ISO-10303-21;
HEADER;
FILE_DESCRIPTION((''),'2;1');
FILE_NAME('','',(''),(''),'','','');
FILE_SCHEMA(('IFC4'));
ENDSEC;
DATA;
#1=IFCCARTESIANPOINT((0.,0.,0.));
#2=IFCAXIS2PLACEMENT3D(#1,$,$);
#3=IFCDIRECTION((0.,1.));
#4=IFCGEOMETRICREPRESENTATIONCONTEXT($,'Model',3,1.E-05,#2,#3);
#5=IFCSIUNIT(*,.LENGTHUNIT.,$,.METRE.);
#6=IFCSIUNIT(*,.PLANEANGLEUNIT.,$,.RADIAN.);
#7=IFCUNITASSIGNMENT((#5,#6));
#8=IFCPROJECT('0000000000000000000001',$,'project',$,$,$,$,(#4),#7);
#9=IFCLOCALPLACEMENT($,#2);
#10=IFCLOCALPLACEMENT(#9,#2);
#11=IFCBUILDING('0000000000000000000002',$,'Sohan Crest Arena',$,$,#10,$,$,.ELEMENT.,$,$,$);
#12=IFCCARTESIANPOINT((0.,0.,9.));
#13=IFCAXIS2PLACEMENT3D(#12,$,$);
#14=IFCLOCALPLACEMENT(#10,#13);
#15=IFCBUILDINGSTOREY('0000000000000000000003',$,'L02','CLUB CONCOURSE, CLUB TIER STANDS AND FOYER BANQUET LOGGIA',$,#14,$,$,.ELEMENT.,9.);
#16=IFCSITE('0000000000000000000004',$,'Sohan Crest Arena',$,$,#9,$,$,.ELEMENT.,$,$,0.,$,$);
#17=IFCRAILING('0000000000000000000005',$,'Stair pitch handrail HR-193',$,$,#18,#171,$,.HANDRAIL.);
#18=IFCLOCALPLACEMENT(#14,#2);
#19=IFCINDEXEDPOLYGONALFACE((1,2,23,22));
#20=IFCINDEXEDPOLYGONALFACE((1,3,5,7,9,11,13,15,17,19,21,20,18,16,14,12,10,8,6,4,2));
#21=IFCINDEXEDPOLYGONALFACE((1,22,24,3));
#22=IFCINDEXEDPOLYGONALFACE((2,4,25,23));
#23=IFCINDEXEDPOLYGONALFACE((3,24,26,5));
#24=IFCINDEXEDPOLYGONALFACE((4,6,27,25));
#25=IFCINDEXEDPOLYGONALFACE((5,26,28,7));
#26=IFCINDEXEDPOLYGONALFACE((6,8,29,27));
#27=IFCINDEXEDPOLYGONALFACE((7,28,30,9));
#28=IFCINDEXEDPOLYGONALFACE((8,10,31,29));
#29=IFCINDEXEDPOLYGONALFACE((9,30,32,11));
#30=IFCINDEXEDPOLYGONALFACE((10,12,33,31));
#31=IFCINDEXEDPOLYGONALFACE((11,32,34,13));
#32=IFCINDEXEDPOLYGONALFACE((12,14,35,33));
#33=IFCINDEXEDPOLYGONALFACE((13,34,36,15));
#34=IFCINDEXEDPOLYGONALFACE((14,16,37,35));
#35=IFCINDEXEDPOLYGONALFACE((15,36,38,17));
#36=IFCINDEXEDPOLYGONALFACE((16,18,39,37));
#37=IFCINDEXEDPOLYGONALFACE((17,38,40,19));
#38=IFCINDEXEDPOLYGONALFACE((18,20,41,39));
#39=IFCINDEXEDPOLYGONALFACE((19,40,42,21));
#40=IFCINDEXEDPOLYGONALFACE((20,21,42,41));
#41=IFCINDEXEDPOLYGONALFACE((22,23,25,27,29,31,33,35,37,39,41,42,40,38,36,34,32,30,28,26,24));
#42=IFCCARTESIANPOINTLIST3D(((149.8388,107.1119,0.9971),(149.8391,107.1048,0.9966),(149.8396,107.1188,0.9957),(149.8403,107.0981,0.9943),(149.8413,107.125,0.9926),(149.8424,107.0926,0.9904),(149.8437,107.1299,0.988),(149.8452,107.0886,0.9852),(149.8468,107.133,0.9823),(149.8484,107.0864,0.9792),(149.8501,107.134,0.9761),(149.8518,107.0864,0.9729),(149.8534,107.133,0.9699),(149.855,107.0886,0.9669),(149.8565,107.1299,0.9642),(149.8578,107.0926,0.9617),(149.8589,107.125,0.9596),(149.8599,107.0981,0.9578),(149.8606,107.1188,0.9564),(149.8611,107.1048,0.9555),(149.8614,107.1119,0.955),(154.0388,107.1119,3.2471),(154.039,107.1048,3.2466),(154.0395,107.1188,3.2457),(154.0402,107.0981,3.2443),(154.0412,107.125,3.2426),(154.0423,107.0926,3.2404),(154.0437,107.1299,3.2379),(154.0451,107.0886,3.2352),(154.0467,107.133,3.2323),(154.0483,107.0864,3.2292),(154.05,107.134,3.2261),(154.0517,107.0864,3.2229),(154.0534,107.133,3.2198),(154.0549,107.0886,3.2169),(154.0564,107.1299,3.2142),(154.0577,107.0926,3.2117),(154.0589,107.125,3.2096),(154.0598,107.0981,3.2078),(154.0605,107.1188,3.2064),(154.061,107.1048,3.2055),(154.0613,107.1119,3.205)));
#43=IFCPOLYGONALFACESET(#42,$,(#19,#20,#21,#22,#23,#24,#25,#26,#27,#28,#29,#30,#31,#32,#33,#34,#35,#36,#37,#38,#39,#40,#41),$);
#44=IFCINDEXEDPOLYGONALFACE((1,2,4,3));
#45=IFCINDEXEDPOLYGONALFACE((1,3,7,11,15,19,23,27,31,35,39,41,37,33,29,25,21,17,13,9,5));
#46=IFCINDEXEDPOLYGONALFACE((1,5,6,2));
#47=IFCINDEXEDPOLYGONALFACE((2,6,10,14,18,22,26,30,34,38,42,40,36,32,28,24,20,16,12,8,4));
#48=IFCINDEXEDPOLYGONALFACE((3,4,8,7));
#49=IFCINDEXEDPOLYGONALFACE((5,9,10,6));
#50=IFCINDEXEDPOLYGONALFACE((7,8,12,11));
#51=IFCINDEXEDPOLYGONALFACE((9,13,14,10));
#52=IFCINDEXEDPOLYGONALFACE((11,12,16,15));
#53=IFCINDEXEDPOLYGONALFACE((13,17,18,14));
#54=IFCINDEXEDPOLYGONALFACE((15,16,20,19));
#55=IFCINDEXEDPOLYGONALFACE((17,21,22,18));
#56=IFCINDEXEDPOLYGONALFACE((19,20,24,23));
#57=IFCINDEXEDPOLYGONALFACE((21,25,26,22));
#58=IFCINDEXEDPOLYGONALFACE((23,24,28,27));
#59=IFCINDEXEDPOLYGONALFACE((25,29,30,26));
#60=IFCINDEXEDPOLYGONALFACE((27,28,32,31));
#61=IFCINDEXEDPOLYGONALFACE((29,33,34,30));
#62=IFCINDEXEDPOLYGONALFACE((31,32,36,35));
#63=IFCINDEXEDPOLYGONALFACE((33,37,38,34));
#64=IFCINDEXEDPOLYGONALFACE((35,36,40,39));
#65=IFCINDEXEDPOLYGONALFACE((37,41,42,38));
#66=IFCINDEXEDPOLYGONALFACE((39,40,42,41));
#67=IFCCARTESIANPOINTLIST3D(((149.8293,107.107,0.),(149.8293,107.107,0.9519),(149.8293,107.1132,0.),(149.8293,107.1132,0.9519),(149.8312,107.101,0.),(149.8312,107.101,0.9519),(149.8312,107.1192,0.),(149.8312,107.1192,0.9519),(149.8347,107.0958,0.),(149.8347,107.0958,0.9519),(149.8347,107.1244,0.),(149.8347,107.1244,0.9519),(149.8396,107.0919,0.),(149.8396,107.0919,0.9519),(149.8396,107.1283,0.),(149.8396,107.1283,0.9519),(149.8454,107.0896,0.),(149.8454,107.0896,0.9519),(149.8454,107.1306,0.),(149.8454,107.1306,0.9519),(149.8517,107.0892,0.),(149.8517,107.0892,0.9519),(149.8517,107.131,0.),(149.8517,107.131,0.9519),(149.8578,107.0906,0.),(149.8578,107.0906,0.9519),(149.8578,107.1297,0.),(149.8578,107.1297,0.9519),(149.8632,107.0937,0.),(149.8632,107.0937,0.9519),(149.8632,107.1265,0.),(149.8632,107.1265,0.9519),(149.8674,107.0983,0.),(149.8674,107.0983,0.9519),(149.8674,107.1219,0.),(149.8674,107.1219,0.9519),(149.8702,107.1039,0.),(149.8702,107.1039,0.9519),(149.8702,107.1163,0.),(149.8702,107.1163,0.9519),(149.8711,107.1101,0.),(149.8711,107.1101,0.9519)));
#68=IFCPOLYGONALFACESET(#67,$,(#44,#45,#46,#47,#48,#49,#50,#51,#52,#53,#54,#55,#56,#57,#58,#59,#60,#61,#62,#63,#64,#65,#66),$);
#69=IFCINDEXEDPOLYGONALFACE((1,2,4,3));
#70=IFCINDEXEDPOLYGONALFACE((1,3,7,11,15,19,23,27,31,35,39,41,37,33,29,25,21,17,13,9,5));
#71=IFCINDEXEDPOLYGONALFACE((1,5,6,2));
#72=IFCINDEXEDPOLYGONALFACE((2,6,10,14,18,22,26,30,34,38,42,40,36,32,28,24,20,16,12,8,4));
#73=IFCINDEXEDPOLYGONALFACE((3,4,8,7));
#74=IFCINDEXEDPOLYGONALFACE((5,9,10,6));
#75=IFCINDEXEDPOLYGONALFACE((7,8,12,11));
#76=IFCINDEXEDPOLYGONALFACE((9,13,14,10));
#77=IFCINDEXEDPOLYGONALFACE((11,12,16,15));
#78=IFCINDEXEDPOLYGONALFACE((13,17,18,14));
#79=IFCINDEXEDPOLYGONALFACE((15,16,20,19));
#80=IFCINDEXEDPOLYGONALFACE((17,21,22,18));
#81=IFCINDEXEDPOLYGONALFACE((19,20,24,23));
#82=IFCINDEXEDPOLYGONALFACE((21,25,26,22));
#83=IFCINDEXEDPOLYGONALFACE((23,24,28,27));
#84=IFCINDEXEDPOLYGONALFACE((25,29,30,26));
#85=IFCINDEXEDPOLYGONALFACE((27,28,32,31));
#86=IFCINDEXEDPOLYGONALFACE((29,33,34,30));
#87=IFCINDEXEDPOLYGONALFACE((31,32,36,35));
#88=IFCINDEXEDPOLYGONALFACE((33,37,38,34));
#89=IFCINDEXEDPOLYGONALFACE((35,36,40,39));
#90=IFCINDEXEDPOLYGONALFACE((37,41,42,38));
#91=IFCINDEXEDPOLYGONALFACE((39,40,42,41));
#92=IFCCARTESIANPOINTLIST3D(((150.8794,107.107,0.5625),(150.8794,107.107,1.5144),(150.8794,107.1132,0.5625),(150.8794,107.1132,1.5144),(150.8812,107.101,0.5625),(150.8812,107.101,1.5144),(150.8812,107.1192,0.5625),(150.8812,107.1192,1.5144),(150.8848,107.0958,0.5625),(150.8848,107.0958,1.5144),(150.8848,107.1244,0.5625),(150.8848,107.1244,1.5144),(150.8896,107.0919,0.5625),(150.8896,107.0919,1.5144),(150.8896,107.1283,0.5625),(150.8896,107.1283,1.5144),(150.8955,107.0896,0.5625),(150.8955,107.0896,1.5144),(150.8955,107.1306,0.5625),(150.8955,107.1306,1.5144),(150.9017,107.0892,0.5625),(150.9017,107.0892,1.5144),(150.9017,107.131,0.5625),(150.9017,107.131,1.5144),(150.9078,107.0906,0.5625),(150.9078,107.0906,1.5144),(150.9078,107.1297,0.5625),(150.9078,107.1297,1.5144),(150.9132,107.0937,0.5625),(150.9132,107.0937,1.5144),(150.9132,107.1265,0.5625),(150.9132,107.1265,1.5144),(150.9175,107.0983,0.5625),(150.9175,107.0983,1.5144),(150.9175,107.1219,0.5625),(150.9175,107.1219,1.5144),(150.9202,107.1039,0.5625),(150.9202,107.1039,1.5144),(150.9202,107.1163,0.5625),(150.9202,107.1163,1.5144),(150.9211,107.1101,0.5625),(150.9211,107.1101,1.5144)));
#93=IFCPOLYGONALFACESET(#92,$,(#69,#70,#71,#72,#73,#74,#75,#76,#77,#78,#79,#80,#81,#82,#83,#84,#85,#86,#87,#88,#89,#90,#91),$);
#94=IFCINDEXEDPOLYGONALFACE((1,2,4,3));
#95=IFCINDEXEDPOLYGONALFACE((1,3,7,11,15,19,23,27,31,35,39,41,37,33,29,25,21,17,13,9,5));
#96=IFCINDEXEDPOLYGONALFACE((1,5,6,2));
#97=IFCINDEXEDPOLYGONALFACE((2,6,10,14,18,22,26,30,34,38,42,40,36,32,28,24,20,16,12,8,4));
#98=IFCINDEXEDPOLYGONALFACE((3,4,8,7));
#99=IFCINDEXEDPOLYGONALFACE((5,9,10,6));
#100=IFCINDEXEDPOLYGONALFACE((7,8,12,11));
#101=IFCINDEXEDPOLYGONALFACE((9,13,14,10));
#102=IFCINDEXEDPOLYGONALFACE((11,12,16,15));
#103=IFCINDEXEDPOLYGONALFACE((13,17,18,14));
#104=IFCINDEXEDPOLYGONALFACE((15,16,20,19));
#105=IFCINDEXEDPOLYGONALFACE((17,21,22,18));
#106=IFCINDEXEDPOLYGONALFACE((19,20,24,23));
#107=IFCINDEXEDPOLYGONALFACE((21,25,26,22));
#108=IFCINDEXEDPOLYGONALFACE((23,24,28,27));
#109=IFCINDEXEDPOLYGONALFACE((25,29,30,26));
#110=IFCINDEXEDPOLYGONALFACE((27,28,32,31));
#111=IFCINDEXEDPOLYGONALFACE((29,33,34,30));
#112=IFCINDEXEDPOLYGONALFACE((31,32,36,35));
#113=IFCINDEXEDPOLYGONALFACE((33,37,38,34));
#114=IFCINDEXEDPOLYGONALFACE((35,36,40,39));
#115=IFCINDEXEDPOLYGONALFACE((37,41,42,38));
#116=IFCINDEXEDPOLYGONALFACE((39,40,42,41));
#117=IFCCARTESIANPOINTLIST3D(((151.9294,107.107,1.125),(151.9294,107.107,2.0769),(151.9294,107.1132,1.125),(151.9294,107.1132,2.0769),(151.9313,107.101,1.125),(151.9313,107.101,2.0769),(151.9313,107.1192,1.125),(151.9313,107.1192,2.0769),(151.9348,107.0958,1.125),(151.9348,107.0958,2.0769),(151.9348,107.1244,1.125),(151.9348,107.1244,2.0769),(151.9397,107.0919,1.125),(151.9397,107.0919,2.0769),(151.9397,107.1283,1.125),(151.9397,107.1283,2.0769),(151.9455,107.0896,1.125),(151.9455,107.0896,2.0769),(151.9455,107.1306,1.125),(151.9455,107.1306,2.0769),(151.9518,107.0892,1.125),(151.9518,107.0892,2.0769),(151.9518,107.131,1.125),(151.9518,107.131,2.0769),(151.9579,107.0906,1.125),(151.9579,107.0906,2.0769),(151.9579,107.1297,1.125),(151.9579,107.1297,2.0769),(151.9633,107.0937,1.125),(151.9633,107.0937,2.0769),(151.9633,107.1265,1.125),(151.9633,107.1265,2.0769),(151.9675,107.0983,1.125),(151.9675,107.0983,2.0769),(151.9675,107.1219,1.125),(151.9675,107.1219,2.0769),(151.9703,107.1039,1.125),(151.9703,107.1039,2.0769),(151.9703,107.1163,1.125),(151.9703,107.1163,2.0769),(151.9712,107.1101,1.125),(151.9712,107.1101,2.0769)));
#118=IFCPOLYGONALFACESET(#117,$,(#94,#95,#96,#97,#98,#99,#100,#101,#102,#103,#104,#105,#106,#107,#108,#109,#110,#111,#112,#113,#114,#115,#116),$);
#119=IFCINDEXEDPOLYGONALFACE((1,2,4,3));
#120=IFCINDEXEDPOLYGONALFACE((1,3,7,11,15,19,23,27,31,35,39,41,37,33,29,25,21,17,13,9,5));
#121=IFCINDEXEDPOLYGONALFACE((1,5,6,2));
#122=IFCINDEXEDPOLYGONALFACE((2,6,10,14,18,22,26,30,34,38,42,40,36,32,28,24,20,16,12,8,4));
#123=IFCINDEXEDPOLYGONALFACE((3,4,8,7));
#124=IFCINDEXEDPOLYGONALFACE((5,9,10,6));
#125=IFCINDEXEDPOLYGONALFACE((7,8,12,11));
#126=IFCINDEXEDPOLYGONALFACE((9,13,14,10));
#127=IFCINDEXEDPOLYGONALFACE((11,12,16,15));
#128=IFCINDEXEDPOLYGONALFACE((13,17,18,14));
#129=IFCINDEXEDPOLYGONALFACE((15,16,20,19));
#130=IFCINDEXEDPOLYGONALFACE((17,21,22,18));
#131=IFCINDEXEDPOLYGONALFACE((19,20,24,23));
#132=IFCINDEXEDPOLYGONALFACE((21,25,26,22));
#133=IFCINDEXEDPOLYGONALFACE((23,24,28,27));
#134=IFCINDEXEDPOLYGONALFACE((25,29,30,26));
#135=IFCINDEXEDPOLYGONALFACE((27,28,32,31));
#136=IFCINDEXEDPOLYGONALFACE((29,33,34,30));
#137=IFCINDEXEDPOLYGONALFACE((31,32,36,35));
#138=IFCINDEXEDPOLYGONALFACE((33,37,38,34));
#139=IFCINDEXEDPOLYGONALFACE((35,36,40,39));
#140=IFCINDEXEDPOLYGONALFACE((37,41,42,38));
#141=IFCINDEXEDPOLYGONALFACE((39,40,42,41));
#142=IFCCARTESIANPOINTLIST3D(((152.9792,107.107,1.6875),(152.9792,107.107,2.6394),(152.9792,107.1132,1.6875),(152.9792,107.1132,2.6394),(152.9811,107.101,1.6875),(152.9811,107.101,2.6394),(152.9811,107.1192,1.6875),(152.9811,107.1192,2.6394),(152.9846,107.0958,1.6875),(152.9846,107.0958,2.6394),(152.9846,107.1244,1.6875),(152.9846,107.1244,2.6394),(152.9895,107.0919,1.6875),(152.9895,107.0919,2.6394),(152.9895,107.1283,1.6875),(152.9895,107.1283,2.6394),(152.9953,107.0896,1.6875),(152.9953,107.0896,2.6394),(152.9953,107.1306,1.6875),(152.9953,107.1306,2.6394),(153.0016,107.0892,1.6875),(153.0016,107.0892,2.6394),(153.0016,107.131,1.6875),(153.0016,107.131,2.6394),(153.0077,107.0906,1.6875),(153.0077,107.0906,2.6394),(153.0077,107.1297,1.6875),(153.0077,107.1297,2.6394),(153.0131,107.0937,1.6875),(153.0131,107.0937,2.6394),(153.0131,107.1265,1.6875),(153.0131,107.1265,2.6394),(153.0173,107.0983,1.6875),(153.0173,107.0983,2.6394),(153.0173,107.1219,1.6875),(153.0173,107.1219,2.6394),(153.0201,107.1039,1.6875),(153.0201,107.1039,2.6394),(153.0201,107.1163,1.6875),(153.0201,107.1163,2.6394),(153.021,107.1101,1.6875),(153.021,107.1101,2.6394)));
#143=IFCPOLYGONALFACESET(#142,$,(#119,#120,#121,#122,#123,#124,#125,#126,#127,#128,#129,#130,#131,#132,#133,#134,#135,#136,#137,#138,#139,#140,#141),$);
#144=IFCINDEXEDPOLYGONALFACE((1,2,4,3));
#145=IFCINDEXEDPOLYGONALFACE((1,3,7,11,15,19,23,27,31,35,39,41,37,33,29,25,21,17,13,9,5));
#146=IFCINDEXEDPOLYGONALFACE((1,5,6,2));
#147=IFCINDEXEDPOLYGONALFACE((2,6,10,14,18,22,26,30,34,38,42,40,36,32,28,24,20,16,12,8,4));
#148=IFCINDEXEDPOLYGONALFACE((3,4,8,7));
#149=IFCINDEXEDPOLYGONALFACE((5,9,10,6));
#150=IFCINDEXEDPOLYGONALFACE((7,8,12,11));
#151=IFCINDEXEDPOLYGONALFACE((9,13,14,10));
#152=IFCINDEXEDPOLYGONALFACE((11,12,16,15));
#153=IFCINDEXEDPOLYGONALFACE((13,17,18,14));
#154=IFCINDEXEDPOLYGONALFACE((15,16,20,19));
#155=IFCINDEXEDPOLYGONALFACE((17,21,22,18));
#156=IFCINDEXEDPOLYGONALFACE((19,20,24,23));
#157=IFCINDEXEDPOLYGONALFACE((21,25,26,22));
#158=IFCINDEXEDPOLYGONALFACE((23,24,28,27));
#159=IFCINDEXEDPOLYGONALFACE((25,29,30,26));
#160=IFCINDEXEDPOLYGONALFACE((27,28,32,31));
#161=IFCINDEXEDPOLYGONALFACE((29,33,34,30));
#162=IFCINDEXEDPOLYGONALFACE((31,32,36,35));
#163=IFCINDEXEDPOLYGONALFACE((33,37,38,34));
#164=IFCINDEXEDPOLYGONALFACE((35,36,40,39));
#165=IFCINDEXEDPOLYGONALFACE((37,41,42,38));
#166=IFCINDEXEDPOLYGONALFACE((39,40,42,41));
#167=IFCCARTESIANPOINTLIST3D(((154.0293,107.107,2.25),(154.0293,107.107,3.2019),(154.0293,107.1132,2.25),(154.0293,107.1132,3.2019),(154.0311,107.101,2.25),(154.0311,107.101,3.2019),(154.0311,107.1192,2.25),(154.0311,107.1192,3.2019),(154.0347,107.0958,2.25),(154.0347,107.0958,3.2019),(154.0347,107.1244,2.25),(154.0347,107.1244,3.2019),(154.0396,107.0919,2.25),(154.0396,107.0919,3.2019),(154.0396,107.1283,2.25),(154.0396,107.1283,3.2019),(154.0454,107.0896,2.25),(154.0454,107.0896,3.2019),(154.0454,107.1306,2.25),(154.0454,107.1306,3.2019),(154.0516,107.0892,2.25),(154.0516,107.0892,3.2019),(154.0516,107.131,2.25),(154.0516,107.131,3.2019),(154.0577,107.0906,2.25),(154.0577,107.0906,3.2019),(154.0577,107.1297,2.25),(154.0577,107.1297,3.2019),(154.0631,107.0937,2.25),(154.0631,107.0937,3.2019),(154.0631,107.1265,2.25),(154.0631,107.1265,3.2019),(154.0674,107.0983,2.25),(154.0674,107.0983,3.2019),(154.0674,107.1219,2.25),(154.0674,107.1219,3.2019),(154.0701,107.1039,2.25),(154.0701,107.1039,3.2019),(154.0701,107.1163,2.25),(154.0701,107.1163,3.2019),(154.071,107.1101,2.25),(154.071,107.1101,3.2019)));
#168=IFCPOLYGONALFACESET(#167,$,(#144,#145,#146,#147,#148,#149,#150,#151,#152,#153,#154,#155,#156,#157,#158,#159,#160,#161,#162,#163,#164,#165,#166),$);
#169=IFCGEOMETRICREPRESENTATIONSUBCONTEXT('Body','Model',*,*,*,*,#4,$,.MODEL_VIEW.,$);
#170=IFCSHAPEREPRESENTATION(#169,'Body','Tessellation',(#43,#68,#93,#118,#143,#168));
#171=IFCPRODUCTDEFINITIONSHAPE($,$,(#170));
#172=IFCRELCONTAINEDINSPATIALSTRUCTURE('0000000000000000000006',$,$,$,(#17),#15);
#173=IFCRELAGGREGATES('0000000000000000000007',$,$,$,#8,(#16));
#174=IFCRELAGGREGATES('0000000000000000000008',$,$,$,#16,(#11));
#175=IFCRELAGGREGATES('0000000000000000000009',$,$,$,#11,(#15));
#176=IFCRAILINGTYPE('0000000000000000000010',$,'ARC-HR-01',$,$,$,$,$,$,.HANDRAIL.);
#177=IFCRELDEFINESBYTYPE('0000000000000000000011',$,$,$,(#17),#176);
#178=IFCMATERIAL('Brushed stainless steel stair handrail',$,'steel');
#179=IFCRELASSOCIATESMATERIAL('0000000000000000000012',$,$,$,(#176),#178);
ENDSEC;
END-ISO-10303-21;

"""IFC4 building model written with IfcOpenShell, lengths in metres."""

from ifc_helpers import new_model, si_unit, direction, frame, origin, origin_2d, place, context, subcontext, project, spatial, circle, extrude, material, type_object, element, save


model = new_model("IFC4")

# Units and contexts
model_context = context("Model", 3, precision=1e-05, world=origin(), true_north=direction((0.0, 1.0)))
body_context = subcontext(model_context, "Body", "Model", "MODEL_VIEW")
ifc_project = project(units=[si_unit("LENGTHUNIT", "METRE"), si_unit("PLANEANGLEUNIT", "RADIAN")], contexts=[model_context])

# Site, building, storey
site_placement = place(None, origin())
site = spatial("IfcSite", under=ifc_project, at=site_placement, Name="Sohan Crest Arena", CompositionType="ELEMENT", RefElevation=0.0)
building_placement = place(site_placement, origin())
building = spatial("IfcBuilding", under=site, at=building_placement, Name="Sohan Crest Arena", CompositionType="ELEMENT")
storey_placement = place(building_placement, frame((0.0, 0.0, 9.0)))
storey = spatial("IfcBuildingStorey", under=building, at=storey_placement, Name="L02", Description="CLUB CONCOURSE, CLUB TIER STANDS AND FOYER BANQUET LOGGIA", CompositionType="ELEMENT", Elevation=9.0)

# Railing
ifc_material_1 = material(Name="Brushed stainless steel stair handrail", Category="steel")
railing_type_1 = type_object("IfcRailingType", Name="ARC-HR-01", PredefinedType="HANDRAIL", material=ifc_material_1)
for number, where, name in (
    (1, (149.8501, 107.1101, 0.0), "Stair pitch handrail HR-193"),
):
    element("IfcRailing", number, at=place(storey_placement, frame(where)), inside=storey, type_object=railing_type_1, Name=name, PredefinedType="HANDRAIL", context=body_context, shape_type="SweptSolid", body=[
        extrude(circle(Radius=0.0239, at=origin_2d()), frame((0.0, 0.0, 0.9761), z_axis=(0.881478, 0.0, 0.472226), x_axis=(0.0, 1.0, 0.0)), (0.0, 0.0, 1.0), 4.7646),
        extrude(circle(Radius=0.021, at=origin_2d()), origin(), (0.0, 0.0, 1.0), 0.9519),
        extrude(circle(Radius=0.021, at=origin_2d()), frame((1.05, 0.0, 0.5625)), (0.0, 0.0, 1.0), 0.9519),
        extrude(circle(Radius=0.021, at=origin_2d()), frame((2.1001, 0.0, 1.125)), (0.0, 0.0, 1.0), 0.9519),
        extrude(circle(Radius=0.021, at=origin_2d()), frame((3.1499, 0.0, 1.6875)), (0.0, 0.0, 1.0), 0.9519),
        extrude(circle(Radius=0.021, at=origin_2d()), frame((4.2, 0.0, 2.25)), (0.0, 0.0, 1.0), 0.9519),
    ])

save(model, "model.ifc")
